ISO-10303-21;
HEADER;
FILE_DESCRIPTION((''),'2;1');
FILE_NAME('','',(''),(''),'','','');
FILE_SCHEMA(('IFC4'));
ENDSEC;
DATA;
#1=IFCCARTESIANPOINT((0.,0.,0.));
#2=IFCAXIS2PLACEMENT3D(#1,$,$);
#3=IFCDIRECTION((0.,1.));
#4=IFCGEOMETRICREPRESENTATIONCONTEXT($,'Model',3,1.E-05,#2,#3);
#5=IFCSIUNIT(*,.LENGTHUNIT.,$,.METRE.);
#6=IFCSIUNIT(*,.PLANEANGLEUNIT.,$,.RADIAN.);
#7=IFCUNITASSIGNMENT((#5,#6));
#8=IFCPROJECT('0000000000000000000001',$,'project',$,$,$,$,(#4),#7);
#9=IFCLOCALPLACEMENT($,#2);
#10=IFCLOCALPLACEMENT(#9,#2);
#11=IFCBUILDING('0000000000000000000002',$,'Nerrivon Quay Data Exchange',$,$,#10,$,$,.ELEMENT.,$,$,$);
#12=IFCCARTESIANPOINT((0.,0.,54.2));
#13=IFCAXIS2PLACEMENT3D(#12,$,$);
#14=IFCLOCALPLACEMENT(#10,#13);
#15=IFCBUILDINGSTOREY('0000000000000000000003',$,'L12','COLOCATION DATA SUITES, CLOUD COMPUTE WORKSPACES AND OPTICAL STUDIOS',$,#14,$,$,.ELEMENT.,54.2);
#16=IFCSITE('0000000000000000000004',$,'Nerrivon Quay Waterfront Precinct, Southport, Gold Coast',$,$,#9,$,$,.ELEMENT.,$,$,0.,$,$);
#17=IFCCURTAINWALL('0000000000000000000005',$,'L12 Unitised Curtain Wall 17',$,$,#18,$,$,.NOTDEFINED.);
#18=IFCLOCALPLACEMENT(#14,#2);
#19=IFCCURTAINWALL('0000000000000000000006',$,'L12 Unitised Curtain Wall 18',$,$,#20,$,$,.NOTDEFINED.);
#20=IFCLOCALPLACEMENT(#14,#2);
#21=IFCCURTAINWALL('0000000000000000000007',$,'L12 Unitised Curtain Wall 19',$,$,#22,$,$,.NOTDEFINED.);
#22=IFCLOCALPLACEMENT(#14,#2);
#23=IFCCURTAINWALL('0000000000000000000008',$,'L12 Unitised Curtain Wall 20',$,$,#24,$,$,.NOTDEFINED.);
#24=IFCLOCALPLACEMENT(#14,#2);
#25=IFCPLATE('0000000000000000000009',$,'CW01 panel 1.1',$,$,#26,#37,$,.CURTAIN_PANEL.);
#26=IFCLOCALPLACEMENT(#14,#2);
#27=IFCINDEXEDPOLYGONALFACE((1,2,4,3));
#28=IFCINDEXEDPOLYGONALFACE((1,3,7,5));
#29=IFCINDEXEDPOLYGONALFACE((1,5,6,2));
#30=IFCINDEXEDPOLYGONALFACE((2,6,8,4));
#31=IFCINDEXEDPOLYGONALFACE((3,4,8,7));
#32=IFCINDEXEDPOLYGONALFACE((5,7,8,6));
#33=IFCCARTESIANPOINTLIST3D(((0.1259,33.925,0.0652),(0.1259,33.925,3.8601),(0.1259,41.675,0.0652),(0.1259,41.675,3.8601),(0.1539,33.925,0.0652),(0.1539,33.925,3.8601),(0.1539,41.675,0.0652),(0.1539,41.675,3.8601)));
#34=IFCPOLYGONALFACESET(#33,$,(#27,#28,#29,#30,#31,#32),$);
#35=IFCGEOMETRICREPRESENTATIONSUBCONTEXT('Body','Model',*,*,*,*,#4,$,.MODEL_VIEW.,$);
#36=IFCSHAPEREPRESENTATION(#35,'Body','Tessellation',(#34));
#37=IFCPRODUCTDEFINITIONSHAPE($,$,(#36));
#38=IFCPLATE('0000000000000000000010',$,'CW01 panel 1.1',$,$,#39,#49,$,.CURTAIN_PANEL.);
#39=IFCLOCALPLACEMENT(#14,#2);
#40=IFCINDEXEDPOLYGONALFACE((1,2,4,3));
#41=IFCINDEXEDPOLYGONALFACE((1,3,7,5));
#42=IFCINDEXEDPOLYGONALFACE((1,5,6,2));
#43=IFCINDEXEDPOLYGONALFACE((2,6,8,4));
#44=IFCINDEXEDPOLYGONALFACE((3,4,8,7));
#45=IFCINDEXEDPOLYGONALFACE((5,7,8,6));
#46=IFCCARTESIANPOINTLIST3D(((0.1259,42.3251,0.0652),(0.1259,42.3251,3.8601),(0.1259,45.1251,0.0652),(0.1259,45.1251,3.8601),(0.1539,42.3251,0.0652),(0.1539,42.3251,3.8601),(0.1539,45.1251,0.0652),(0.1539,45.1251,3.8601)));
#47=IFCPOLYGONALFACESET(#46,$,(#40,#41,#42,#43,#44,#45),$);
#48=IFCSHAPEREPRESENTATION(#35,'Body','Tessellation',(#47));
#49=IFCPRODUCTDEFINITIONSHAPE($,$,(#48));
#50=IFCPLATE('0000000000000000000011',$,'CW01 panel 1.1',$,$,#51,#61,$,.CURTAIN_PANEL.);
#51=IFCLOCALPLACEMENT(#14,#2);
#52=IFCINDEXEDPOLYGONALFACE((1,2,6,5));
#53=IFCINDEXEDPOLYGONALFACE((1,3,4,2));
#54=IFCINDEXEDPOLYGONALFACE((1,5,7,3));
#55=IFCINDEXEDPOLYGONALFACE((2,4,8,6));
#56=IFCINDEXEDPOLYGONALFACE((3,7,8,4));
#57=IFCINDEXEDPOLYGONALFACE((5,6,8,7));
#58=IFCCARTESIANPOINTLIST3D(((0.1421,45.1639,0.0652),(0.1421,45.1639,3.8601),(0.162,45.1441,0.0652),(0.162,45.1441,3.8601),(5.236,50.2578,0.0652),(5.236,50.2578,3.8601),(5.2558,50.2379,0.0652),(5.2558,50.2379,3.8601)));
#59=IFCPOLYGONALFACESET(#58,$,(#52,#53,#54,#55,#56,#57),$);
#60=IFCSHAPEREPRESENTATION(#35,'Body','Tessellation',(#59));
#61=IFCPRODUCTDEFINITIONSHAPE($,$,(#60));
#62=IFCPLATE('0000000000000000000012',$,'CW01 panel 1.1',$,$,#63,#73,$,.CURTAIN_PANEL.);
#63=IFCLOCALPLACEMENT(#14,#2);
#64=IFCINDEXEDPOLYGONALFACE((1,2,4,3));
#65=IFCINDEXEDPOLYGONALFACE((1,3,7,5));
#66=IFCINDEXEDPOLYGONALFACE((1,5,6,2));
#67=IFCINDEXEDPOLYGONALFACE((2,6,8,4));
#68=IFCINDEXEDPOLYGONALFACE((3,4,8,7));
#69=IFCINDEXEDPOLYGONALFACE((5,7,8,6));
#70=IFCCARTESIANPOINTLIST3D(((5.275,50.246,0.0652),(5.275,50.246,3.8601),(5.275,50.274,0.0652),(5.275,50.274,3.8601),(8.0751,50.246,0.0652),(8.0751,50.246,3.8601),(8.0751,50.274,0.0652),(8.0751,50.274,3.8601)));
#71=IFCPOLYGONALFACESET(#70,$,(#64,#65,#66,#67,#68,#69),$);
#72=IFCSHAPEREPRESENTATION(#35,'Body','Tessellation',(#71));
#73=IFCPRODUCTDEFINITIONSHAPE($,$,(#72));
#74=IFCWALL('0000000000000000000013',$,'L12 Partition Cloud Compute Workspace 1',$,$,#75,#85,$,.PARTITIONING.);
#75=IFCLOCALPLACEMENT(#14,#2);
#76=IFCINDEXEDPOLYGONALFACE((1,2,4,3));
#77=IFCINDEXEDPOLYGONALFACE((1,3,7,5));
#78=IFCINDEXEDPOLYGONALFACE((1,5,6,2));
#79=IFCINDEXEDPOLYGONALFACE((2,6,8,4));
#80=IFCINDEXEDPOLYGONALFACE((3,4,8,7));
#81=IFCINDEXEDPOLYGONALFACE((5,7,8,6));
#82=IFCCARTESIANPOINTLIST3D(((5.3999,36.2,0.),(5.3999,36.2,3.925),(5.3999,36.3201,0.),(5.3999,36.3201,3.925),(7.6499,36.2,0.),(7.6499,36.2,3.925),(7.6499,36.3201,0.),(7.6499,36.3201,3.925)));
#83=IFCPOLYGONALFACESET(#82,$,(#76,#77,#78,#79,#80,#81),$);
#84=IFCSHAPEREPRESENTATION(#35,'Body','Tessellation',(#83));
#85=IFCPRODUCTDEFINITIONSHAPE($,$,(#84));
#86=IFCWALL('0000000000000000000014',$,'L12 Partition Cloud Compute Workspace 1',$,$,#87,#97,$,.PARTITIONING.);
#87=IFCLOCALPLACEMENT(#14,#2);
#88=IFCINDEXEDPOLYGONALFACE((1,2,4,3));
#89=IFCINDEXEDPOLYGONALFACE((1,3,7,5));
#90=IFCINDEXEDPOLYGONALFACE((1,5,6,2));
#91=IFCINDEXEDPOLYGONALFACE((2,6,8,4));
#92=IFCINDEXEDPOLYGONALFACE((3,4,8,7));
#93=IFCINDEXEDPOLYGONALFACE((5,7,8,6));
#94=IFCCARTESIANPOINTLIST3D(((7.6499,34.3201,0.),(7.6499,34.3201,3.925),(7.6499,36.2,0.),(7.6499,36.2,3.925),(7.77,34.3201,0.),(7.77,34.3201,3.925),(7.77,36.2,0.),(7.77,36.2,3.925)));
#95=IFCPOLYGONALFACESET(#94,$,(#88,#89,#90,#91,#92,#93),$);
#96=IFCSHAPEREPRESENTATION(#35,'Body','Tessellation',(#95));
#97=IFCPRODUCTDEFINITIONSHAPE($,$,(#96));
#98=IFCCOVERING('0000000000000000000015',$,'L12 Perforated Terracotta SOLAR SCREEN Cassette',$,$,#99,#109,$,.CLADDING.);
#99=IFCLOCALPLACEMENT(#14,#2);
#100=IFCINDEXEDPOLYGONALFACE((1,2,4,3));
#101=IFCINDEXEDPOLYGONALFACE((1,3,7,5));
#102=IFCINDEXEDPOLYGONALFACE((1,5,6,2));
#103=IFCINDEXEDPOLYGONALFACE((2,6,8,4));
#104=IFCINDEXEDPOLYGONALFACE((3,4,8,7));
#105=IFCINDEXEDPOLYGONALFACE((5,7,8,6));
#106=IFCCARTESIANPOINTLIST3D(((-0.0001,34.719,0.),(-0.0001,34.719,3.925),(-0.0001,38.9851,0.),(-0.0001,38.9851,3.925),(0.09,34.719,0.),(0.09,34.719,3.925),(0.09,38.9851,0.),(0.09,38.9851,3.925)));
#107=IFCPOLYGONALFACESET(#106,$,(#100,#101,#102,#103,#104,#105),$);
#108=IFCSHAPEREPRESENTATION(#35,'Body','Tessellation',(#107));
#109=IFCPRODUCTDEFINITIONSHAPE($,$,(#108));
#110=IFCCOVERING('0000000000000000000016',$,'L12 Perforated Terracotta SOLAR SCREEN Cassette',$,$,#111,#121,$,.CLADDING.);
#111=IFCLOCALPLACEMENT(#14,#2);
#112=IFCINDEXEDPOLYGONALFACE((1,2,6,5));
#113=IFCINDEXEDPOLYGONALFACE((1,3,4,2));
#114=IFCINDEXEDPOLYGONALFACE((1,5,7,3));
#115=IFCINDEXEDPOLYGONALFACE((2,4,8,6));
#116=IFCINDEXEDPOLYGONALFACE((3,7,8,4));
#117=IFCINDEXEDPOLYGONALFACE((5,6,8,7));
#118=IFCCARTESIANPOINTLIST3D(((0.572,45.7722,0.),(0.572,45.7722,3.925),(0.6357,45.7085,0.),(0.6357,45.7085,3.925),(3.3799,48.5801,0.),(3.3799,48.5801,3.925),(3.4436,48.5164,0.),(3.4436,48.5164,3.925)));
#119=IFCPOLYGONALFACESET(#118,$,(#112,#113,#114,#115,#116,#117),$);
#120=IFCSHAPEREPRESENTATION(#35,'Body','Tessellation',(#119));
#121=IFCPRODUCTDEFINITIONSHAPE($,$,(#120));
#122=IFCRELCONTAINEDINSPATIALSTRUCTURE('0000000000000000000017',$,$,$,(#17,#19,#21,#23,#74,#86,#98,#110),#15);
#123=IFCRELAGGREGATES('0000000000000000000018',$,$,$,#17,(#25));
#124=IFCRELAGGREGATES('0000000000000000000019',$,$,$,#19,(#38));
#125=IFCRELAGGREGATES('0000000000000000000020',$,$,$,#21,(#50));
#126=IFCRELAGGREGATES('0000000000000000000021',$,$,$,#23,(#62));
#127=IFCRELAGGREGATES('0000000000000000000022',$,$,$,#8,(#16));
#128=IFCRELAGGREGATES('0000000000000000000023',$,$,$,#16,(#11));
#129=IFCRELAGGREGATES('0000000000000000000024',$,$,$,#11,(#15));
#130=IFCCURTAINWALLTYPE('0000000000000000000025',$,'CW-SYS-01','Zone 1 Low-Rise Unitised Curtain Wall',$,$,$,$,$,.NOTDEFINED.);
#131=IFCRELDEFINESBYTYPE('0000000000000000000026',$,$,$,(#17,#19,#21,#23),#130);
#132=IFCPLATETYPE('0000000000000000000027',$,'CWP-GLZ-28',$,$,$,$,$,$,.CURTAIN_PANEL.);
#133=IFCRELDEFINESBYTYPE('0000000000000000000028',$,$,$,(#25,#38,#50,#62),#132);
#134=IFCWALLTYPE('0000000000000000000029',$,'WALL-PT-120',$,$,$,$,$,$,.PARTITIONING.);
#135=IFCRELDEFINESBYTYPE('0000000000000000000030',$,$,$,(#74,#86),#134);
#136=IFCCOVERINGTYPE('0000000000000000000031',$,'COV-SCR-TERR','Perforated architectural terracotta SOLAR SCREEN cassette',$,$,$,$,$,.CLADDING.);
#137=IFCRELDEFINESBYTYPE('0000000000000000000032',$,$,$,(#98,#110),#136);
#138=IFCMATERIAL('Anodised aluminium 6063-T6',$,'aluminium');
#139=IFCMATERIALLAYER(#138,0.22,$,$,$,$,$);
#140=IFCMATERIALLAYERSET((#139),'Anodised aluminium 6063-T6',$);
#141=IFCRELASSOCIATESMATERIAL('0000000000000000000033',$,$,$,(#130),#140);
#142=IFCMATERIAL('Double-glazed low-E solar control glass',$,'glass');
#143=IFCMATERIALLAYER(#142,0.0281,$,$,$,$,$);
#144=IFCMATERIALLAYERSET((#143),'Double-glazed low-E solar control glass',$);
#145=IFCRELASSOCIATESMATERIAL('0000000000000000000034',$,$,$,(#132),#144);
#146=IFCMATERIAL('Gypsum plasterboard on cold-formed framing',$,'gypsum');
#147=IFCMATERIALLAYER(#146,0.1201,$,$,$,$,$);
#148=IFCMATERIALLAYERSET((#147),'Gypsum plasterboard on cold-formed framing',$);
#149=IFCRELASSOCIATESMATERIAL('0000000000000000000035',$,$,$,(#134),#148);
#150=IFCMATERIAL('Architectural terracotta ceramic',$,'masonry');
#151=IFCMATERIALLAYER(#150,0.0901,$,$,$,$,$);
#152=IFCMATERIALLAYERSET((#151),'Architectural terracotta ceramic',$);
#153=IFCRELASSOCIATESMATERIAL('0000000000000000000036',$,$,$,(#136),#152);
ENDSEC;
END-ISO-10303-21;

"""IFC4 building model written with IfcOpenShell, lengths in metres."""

from ifc_helpers import new_model, si_unit, direction, frame, frame_2d, origin, origin_2d, place, context, subcontext, project, spatial, rectangle, extrude, material, layer, layer_set, type_object, element, aggregate, save


model = new_model("IFC4")

# Units and contexts
model_context = context("Model", 3, precision=1e-05, world=origin(), true_north=direction((0.0, 1.0)))
body_context = subcontext(model_context, "Body", "Model", "MODEL_VIEW")
ifc_project = project(units=[si_unit("LENGTHUNIT", "METRE"), si_unit("PLANEANGLEUNIT", "RADIAN")], contexts=[model_context])

# Site, building, storey
site_placement = place(None, origin())
site = spatial("IfcSite", under=ifc_project, at=site_placement, Name="Nerrivon Quay Waterfront Precinct, Southport, Gold Coast", CompositionType="ELEMENT", RefElevation=0.0)
building_placement = place(site_placement, origin())
building = spatial("IfcBuilding", under=site, at=building_placement, Name="Nerrivon Quay Data Exchange", CompositionType="ELEMENT")
storey_placement = place(building_placement, frame((0.0, 0.0, 54.2)))
storey = spatial("IfcBuildingStorey", under=building, at=storey_placement, Name="L12", Description="COLOCATION DATA SUITES, CLOUD COMPUTE WORKSPACES AND OPTICAL STUDIOS", CompositionType="ELEMENT", Elevation=54.2)

# Curtain wall
ifc_material_1 = material(Name="Anodised aluminium 6063-T6", Category="aluminium")
ifc_layer_1 = layer(ifc_material_1, 0.22)
ifc_layer_set_1 = layer_set([ifc_layer_1], Name="Anodised aluminium 6063-T6")
curtain_wall_type = type_object("IfcCurtainWallType", Name="CW-SYS-01", Description="Zone 1 Low-Rise Unitised Curtain Wall", PredefinedType="NOTDEFINED", material=ifc_layer_set_1)
curtain_wall_1_placement = place(storey_placement, origin())
curtain_wall_1 = element("IfcCurtainWall", 1, at=curtain_wall_1_placement, inside=storey, type_object=curtain_wall_type, Name="L12 Unitised Curtain Wall 17", PredefinedType="NOTDEFINED")

# Curtain walls
curtain_wall_2_placement = place(storey_placement, origin())
curtain_wall_2 = element("IfcCurtainWall", 2, at=curtain_wall_2_placement, inside=storey, type_object=curtain_wall_type, Name="L12 Unitised Curtain Wall 18", PredefinedType="NOTDEFINED")
curtain_wall_3_placement = place(storey_placement, origin())
curtain_wall_3 = element("IfcCurtainWall", 3, at=curtain_wall_3_placement, inside=storey, type_object=curtain_wall_type, Name="L12 Unitised Curtain Wall 19", PredefinedType="NOTDEFINED")
curtain_wall_4_placement = place(storey_placement, origin())
curtain_wall_4 = element("IfcCurtainWall", 4, at=curtain_wall_4_placement, inside=storey, type_object=curtain_wall_type, Name="L12 Unitised Curtain Wall 20", PredefinedType="NOTDEFINED")

# Plates
ifc_material_2 = material(Name="Double-glazed low-E solar control glass", Category="glass")
ifc_layer_2 = layer(ifc_material_2, 0.0281)
ifc_layer_set_2 = layer_set([ifc_layer_2], Name="Double-glazed low-E solar control glass")
plate_type = type_object("IfcPlateType", Name="CWP-GLZ-28", PredefinedType="CURTAIN_PANEL", material=ifc_layer_set_2)
plate_1_placement = place(storey_placement, frame((0.1399, 37.8, 0.0652), z_axis=(0.0, 0.0, 1.0), x_axis=(0.0, 1.0, 0.0)))
plate_1 = element("IfcPlate", 5, at=plate_1_placement, type_object=plate_type, Name="CW01 panel 1.1", PredefinedType="CURTAIN_PANEL", context=body_context, shape_type="SweptSolid", body=[
    extrude(rectangle(XDim=7.75, YDim=0.0281, at=origin_2d()), origin(), (0.0, 0.0, 1.0), 3.7949),
])
aggregate(curtain_wall_1, [plate_1])
plate_2_placement = place(storey_placement, frame((0.1399, 43.7251, 0.0652), z_axis=(0.0, 0.0, 1.0), x_axis=(0.0, 1.0, 0.0)))
plate_2 = element("IfcPlate", 6, at=plate_2_placement, type_object=plate_type, Name="CW01 panel 1.1", PredefinedType="CURTAIN_PANEL", context=body_context, shape_type="SweptSolid", body=[
    extrude(rectangle(XDim=2.8, YDim=0.0281, at=origin_2d()), origin(), (0.0, 0.0, 1.0), 3.7949),
])
aggregate(curtain_wall_2, [plate_2])
plate_3_placement = place(storey_placement, frame((2.699, 47.7009, 0.0652), z_axis=(0.0, 0.0, 1.0), x_axis=(0.707107, 0.707107, 0.0)))
plate_3 = element("IfcPlate", 7, at=plate_3_placement, type_object=plate_type, Name="CW01 panel 1.1", PredefinedType="CURTAIN_PANEL", context=body_context, shape_type="SweptSolid", body=[
    extrude(rectangle(XDim=7.2039, YDim=0.0281, at=origin_2d()), origin(), (0.0, 0.0, 1.0), 3.7949),
])
aggregate(curtain_wall_3, [plate_3])
plate_4_placement = place(storey_placement, frame((6.675, 50.26, 0.0652), z_axis=(0.0, 0.0, 1.0), x_axis=(1.0, 0.0, 0.0)))
plate_4 = element("IfcPlate", 8, at=plate_4_placement, type_object=plate_type, Name="CW01 panel 1.1", PredefinedType="CURTAIN_PANEL", context=body_context, shape_type="SweptSolid", body=[
    extrude(rectangle(XDim=2.8, YDim=0.0281, at=origin_2d()), origin(), (0.0, 0.0, 1.0), 3.7949),
])
aggregate(curtain_wall_4, [plate_4])

# Walls
ifc_material_3 = material(Name="Gypsum plasterboard on cold-formed framing", Category="gypsum")
ifc_layer_3 = layer(ifc_material_3, 0.1201)
ifc_layer_set_3 = layer_set([ifc_layer_3], Name="Gypsum plasterboard on cold-formed framing")
wall_type = type_object("IfcWallType", Name="WALL-PT-120", PredefinedType="PARTITIONING", material=ifc_layer_set_3)
wall_1_placement = place(storey_placement, frame((5.3999, 36.26, 0.0), z_axis=(0.0, 0.0, 1.0), x_axis=(1.0, 0.0, 0.0)))
element("IfcWall", 9, at=wall_1_placement, inside=storey, type_object=wall_type, Name="L12 Partition Cloud Compute Workspace 1", PredefinedType="PARTITIONING", context=body_context, shape_type="SweptSolid", body=[
    extrude(rectangle(XDim=2.25, YDim=0.1201, at=frame_2d((1.125, 0.0))), origin(), (0.0, 0.0, 1.0), 3.925),
])
wall_2_placement = place(storey_placement, frame((7.71, 36.2, 0.0), z_axis=(0.0, 0.0, 1.0), x_axis=(0.0, -1.0, 0.0)))
element("IfcWall", 10, at=wall_2_placement, inside=storey, type_object=wall_type, Name="L12 Partition Cloud Compute Workspace 1", PredefinedType="PARTITIONING", context=body_context, shape_type="SweptSolid", body=[
    extrude(rectangle(XDim=1.8799, YDim=0.1201, at=frame_2d((0.9399, 0.0))), origin(), (0.0, 0.0, 1.0), 3.925),
])

# Coverings
ifc_material_4 = material(Name="Architectural terracotta ceramic", Category="masonry")
ifc_layer_4 = layer(ifc_material_4, 0.0901)
ifc_layer_set_4 = layer_set([ifc_layer_4], Name="Architectural terracotta ceramic")
covering_type = type_object("IfcCoveringType", Name="COV-SCR-TERR", Description="Perforated architectural terracotta SOLAR SCREEN cassette", PredefinedType="CLADDING", material=ifc_layer_set_4)
covering_1_placement = place(storey_placement, frame((0.0449, 36.8521, 0.0), z_axis=(0.0, 0.0, 1.0), x_axis=(0.0, 1.0, 0.0)))
element("IfcCovering", 11, at=covering_1_placement, inside=storey, type_object=covering_type, Name="L12 Perforated Terracotta SOLAR SCREEN Cassette", PredefinedType="CLADDING", context=body_context, shape_type="SweptSolid", body=[
    extrude(rectangle(XDim=4.2661, YDim=0.0901, at=origin_2d()), origin(), (0.0, 0.0, 1.0), 3.925),
])
covering_2_placement = place(storey_placement, frame((2.0078, 47.1443, 0.0), z_axis=(0.0, 0.0, 1.0), x_axis=(0.707107, 0.707107, 0.0)))
element("IfcCovering", 12, at=covering_2_placement, inside=storey, type_object=covering_type, Name="L12 Perforated Terracotta SOLAR SCREEN Cassette", PredefinedType="CLADDING", context=body_context, shape_type="SweptSolid", body=[
    extrude(rectangle(XDim=3.9709, YDim=0.0901, at=origin_2d()), origin(), (0.0, 0.0, 1.0), 3.925),
])

save(model, "model.ifc")
